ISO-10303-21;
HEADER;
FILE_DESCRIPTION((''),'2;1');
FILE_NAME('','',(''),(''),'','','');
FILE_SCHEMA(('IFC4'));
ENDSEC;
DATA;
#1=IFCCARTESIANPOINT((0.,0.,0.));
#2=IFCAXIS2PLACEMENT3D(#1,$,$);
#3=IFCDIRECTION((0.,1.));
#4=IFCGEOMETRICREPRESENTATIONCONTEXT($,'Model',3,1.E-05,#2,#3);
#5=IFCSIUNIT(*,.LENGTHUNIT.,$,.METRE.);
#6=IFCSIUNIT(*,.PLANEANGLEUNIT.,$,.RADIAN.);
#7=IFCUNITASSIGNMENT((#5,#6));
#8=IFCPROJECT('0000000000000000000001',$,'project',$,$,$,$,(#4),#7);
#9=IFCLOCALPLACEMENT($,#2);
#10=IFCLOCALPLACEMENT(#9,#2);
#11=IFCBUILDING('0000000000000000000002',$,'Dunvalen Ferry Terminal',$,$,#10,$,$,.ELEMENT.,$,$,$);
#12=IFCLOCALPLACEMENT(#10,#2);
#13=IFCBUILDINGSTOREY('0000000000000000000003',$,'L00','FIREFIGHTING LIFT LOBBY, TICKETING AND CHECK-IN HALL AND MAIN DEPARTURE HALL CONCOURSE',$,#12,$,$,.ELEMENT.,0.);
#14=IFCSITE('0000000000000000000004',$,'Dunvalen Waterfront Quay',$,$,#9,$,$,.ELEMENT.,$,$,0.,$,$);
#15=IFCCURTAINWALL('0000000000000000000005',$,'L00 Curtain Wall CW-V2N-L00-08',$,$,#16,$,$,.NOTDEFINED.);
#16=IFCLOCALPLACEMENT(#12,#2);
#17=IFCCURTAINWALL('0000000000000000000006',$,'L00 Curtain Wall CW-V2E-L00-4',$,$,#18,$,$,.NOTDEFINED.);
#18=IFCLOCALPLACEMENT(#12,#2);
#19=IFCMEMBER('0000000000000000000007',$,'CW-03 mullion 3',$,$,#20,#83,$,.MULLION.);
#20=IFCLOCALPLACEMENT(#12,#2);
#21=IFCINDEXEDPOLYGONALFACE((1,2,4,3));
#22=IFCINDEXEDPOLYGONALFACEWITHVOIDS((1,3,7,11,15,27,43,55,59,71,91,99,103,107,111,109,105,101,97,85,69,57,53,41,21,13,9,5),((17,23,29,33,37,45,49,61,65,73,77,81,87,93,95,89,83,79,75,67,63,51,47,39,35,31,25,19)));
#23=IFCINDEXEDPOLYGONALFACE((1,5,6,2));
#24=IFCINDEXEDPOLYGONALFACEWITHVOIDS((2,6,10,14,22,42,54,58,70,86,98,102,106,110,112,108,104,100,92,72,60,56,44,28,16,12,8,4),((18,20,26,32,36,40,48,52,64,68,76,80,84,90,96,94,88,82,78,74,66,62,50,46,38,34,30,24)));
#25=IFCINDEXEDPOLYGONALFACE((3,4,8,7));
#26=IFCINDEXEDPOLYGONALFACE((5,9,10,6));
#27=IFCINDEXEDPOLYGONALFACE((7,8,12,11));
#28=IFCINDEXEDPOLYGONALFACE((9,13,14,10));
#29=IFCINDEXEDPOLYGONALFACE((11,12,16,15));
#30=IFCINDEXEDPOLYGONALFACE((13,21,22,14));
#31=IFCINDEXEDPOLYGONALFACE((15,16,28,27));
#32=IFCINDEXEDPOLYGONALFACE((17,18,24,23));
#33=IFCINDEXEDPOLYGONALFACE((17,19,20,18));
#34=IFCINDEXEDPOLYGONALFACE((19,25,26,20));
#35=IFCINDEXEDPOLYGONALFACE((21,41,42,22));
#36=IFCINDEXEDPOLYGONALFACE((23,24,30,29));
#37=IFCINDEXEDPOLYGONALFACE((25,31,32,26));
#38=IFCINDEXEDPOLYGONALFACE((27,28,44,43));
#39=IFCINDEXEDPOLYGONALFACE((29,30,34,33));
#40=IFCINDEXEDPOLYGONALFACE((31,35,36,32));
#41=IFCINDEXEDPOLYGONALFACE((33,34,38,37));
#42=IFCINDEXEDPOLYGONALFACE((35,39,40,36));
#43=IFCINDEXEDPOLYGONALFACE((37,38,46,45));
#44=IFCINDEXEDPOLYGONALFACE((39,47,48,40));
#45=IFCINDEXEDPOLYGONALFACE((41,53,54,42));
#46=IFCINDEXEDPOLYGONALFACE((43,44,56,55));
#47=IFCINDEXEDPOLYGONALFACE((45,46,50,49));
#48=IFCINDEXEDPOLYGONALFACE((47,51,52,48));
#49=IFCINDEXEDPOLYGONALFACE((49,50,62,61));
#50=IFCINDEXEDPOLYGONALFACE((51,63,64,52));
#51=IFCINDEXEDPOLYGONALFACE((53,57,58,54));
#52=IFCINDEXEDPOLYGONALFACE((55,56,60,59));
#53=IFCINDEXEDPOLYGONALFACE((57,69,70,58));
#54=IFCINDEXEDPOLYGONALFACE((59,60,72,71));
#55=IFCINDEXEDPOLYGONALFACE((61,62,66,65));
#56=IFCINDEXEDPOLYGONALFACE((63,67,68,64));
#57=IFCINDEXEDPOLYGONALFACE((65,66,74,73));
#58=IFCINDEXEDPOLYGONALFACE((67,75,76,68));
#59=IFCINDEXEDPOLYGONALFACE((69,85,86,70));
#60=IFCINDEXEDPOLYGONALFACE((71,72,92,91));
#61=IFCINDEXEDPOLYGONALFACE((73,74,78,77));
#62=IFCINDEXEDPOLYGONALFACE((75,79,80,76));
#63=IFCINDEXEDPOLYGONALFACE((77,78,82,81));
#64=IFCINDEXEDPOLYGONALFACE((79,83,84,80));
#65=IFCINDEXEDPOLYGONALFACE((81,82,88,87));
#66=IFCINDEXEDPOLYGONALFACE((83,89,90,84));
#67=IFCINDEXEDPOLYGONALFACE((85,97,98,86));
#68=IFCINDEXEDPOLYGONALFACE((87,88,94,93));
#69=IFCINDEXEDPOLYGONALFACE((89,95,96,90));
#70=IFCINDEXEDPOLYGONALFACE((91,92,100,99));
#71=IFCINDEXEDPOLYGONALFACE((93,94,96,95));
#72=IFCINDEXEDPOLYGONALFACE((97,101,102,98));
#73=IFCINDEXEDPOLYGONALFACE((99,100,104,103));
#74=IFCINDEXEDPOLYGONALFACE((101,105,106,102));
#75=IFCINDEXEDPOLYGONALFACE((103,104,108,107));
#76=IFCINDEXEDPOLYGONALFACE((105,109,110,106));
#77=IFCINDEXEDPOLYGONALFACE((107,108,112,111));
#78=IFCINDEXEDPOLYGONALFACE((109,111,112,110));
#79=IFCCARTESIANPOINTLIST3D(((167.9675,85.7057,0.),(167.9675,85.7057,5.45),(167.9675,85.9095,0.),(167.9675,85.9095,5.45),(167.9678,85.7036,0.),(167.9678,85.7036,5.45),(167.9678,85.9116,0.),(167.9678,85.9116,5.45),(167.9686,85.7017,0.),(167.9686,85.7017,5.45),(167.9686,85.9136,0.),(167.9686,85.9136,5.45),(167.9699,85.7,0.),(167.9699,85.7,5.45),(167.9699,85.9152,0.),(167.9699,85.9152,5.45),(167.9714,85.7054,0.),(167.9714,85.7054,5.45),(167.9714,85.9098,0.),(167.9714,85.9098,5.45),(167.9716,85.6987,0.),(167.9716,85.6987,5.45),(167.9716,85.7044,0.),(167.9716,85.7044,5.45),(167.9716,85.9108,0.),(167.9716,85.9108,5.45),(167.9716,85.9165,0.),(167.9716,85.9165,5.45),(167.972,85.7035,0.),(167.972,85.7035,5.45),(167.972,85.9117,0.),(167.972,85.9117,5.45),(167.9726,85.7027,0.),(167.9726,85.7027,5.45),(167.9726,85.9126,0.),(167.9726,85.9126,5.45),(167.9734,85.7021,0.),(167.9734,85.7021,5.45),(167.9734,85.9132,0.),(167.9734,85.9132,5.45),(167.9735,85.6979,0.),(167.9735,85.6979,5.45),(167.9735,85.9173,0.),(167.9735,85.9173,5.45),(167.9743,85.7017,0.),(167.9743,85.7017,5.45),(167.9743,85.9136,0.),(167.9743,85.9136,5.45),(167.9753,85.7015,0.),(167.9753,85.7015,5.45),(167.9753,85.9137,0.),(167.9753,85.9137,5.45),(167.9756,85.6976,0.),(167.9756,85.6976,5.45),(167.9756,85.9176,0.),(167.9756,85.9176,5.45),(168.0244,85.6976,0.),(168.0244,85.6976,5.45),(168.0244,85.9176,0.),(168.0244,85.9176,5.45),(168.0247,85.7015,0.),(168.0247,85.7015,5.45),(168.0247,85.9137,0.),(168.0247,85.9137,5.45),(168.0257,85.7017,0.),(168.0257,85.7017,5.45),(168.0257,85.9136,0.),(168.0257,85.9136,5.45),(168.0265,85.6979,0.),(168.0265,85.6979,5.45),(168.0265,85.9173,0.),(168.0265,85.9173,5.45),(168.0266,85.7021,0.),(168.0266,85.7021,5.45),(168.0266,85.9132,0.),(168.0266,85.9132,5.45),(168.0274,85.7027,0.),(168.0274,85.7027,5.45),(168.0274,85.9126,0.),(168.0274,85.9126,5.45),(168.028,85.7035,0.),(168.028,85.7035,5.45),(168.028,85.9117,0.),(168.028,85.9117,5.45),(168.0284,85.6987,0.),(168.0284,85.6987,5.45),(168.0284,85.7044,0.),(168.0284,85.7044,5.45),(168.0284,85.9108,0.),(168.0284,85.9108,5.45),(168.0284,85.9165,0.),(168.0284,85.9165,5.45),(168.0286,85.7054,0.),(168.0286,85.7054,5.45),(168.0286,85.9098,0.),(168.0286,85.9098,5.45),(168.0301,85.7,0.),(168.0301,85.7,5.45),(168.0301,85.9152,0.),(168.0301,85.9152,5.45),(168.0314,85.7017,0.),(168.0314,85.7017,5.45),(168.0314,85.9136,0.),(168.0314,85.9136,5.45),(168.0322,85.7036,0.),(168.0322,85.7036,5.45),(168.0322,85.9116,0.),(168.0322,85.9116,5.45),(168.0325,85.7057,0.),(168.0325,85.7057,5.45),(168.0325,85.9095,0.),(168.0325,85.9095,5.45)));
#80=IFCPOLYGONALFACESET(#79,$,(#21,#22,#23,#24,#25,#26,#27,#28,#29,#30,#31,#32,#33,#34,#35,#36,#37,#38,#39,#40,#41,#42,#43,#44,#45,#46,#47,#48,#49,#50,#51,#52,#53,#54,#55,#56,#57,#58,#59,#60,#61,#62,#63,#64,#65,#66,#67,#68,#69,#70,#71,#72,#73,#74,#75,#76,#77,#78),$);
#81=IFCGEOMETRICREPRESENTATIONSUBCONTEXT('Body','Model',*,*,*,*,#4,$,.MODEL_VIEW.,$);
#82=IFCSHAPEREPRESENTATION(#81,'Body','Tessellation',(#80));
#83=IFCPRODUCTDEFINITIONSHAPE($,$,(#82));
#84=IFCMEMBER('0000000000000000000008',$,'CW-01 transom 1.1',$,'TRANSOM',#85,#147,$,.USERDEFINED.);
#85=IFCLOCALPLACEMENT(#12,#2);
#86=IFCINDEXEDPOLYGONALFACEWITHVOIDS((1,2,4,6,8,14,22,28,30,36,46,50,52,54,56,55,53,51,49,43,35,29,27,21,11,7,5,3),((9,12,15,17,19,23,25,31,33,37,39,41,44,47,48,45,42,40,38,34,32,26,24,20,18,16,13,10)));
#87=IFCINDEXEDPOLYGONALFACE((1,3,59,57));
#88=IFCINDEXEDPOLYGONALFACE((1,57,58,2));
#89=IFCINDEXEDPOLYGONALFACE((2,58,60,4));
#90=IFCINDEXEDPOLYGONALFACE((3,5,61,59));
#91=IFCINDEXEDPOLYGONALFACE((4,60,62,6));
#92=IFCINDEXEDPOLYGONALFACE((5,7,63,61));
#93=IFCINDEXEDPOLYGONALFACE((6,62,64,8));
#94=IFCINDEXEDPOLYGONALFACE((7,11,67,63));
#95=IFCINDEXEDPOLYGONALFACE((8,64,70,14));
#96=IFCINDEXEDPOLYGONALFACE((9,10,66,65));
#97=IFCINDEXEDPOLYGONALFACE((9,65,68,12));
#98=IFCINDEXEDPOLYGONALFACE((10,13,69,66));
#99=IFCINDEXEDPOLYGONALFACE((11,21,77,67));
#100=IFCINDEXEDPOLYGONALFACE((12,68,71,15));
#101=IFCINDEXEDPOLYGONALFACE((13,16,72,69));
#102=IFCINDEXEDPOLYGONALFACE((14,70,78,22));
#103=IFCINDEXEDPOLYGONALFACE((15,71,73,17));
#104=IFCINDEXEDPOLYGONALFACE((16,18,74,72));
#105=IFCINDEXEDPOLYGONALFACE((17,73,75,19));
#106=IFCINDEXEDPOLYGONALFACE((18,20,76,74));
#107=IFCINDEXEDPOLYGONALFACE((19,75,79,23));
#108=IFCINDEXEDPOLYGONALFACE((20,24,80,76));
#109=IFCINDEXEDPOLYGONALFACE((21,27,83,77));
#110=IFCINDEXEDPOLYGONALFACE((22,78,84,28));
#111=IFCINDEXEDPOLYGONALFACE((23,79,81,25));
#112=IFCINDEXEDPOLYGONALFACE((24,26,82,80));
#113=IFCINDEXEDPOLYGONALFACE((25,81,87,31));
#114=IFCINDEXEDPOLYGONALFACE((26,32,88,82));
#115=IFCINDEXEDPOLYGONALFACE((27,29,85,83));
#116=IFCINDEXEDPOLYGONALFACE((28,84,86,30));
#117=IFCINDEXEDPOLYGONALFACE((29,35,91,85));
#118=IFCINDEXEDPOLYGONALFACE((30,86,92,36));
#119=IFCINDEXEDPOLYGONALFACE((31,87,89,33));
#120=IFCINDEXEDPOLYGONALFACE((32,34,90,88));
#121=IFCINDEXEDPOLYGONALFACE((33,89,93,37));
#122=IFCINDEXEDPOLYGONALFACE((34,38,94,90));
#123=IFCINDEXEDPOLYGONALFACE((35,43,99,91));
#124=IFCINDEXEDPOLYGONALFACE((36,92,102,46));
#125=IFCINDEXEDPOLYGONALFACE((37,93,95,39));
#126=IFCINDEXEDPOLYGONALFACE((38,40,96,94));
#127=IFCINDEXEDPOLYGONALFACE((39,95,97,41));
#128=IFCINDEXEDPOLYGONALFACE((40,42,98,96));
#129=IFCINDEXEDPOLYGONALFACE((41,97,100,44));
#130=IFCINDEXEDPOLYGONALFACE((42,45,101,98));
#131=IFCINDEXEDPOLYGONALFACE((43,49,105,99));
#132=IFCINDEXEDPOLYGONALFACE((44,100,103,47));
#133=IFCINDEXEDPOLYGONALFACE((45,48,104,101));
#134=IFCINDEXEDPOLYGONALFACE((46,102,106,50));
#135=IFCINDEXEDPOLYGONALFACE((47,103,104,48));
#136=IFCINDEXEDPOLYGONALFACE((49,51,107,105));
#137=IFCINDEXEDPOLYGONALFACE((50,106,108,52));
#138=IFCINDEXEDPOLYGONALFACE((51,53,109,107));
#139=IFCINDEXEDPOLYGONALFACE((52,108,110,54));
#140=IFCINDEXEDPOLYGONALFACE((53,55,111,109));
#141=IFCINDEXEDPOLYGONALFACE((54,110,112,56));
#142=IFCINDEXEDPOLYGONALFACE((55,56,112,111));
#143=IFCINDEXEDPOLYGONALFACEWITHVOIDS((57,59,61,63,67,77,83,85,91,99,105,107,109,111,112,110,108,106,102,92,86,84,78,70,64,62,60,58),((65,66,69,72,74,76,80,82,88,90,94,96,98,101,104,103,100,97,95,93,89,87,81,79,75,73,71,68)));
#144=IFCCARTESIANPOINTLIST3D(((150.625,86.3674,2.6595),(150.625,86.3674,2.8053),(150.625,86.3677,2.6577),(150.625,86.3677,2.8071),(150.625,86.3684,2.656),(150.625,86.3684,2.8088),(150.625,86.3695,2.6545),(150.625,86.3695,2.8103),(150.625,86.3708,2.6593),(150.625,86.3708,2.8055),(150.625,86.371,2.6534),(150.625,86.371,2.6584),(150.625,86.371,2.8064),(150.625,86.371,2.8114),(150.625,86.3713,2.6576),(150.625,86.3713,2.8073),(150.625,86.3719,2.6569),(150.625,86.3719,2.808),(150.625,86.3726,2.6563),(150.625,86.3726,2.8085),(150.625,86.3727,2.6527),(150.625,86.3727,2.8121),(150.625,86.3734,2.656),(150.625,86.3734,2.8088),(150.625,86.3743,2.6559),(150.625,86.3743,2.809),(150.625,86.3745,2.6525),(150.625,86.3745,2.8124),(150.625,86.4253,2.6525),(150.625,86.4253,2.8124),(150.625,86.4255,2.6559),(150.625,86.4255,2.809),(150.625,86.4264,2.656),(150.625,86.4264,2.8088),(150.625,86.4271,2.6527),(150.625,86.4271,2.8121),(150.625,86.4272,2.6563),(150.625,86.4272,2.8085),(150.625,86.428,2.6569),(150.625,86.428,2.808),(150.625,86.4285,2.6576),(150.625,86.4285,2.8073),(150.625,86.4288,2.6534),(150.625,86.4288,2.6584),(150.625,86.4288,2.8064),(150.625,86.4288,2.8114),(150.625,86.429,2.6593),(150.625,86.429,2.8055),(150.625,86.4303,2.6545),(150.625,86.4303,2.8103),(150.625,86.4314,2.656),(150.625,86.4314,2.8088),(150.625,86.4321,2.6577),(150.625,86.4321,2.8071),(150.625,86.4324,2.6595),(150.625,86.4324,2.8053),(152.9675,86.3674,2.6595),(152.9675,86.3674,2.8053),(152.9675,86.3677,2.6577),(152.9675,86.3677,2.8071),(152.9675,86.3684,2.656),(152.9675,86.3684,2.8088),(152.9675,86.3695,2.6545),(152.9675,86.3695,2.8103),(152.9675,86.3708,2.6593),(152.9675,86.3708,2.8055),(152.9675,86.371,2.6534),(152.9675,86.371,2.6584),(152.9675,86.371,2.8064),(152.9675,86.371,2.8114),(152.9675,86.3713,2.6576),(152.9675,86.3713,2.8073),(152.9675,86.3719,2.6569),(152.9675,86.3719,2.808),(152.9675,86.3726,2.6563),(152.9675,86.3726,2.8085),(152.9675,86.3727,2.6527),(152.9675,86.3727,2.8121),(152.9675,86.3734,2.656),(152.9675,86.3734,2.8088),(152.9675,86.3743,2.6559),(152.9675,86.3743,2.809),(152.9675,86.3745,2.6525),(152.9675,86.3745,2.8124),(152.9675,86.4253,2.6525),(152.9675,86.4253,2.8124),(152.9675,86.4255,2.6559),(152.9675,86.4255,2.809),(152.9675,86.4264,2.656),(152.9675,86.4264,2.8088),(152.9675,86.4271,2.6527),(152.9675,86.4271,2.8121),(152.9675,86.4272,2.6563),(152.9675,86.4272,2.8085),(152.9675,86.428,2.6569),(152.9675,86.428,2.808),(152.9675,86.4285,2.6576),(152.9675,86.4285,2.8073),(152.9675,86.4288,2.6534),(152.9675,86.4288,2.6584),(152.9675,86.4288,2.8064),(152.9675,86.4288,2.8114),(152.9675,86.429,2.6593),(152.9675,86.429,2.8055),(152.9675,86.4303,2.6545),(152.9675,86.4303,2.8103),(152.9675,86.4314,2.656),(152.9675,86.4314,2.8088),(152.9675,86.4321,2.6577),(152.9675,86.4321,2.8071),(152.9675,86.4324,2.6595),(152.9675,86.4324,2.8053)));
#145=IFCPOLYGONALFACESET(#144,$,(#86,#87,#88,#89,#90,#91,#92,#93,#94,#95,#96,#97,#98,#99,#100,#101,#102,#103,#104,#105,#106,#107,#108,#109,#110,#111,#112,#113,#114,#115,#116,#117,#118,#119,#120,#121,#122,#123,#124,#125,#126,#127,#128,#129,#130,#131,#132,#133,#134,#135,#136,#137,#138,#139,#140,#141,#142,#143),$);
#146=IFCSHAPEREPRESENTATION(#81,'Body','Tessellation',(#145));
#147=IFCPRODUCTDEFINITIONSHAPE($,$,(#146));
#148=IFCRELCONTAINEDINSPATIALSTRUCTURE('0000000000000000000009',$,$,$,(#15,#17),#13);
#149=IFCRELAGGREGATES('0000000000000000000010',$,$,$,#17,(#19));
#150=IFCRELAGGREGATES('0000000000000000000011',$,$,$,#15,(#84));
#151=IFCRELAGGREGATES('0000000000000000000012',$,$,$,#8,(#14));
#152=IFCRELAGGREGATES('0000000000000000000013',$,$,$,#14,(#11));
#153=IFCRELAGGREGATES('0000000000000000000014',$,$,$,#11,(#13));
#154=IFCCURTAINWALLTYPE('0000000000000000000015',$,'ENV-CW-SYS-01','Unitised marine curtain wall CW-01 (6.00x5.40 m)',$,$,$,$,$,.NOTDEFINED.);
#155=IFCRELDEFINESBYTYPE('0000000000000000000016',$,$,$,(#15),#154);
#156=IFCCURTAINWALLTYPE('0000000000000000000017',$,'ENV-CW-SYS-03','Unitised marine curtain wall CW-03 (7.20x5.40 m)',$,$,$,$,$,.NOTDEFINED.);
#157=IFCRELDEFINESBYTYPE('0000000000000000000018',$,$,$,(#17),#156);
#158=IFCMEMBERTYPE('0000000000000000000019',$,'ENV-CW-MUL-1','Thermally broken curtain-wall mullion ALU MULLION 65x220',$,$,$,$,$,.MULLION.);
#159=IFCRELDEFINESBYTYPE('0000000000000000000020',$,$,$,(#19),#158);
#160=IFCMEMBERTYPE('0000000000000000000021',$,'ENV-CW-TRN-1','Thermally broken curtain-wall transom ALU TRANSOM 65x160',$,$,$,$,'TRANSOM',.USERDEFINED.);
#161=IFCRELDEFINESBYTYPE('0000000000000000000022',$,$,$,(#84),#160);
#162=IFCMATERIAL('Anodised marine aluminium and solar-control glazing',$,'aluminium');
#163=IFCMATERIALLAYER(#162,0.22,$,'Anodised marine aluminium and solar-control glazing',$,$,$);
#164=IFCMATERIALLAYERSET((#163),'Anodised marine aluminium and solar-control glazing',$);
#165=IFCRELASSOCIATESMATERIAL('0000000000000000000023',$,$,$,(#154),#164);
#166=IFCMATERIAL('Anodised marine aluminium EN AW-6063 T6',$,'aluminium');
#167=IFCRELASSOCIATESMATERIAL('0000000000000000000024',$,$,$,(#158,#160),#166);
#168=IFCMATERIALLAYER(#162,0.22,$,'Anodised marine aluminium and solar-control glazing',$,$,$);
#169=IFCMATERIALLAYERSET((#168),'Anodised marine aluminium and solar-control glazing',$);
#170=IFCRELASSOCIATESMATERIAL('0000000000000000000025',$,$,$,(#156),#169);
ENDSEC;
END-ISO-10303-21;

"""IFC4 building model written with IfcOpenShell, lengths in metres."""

from ifc_helpers import new_model, si_unit, direction, frame, origin, origin_2d, place, context, subcontext, project, spatial, hollow_rectangle, extrude, material, layer, layer_set, material_profile, profile_set, type_object, element, aggregate, save


model = new_model("IFC4")

# Units and contexts
model_context = context("Model", 3, precision=1e-05, world=origin(), true_north=direction((0.0, 1.0)))
body_context = subcontext(model_context, "Body", "Model", "MODEL_VIEW")
ifc_project = project(units=[si_unit("LENGTHUNIT", "METRE"), si_unit("PLANEANGLEUNIT", "RADIAN")], contexts=[model_context])

# Site, building, storey
site_placement = place(None, origin())
site = spatial("IfcSite", under=ifc_project, at=site_placement, Name="Dunvalen Waterfront Quay", CompositionType="ELEMENT", RefElevation=0.0)
building_placement = place(site_placement, origin())
building = spatial("IfcBuilding", under=site, at=building_placement, Name="Dunvalen Ferry Terminal", CompositionType="ELEMENT")
storey_placement = place(building_placement, origin())
storey = spatial("IfcBuildingStorey", under=building, at=storey_placement, Name="L00", Description="FIREFIGHTING LIFT LOBBY, TICKETING AND CHECK-IN HALL AND MAIN DEPARTURE HALL CONCOURSE", CompositionType="ELEMENT", Elevation=0.0)

# Curtain wall
ifc_material_1 = material(Name="Anodised marine aluminium and solar-control glazing", Category="aluminium")
ifc_layer_1 = layer(ifc_material_1, 0.22, Name="Anodised marine aluminium and solar-control glazing")
ifc_layer_set_1 = layer_set([ifc_layer_1], Name="Anodised marine aluminium and solar-control glazing")
curtain_wall_type_1 = type_object("IfcCurtainWallType", Name="ENV-CW-SYS-01", Description="Unitised marine curtain wall CW-01 (6.00x5.40 m)", PredefinedType="NOTDEFINED", material=ifc_layer_set_1)
curtain_wall_1_placement = place(storey_placement, origin())
curtain_wall_1 = element("IfcCurtainWall", 1, at=curtain_wall_1_placement, inside=storey, type_object=curtain_wall_type_1, Name="L00 Curtain Wall CW-V2N-L00-08", PredefinedType="NOTDEFINED")
ifc_material_2 = material(Name="Anodised marine aluminium EN AW-6063 T6", Category="aluminium")
ifc_material_profile_1 = material_profile(ifc_material_2, hollow_rectangle(XDim=0.0649, YDim=0.22, WallThickness=0.0039, InnerFilletRadius=0.0039, OuterFilletRadius=0.0081, at=origin_2d()), Name="Anodised marine aluminium EN AW-6063 T6")
ifc_profile_set_1 = profile_set([ifc_material_profile_1], Name="Anodised marine aluminium EN AW-6063 T6")
member_type_1 = type_object("IfcMemberType", Name="ENV-CW-MUL-1", Description="Thermally broken curtain-wall mullion ALU MULLION 65x220", PredefinedType="MULLION", material=ifc_profile_set_1)

# Curtain wall, member
ifc_layer_2 = layer(ifc_material_1, 0.22, Name="Anodised marine aluminium and solar-control glazing")
ifc_layer_set_2 = layer_set([ifc_layer_2], Name="Anodised marine aluminium and solar-control glazing")
curtain_wall_type_2 = type_object("IfcCurtainWallType", Name="ENV-CW-SYS-03", Description="Unitised marine curtain wall CW-03 (7.20x5.40 m)", PredefinedType="NOTDEFINED", material=ifc_layer_set_2)
curtain_wall_2_placement = place(storey_placement, origin())
curtain_wall_2 = element("IfcCurtainWall", 2, at=curtain_wall_2_placement, inside=storey, type_object=curtain_wall_type_2, Name="L00 Curtain Wall CW-V2E-L00-4", PredefinedType="NOTDEFINED")
member_1_placement = place(storey_placement, frame((168.0, 85.8076, 0.0), z_axis=(0.0, 0.0, 1.0), x_axis=(-1.0, 0.0, 0.0)))
member_1 = element("IfcMember", 3, at=member_1_placement, type_object=member_type_1, Name="CW-03 mullion 3", PredefinedType="MULLION", context=body_context, shape_type="SweptSolid", body=[
    extrude(hollow_rectangle(XDim=0.0649, YDim=0.22, WallThickness=0.0039, InnerFilletRadius=0.0039, OuterFilletRadius=0.0081, at=origin_2d()), origin(), (0.0, 0.0, 1.0), 5.45),
])

# Member
ifc_material_profile_2 = material_profile(ifc_material_2, hollow_rectangle(XDim=0.0649, YDim=0.1599, WallThickness=0.0034, InnerFilletRadius=0.0034, OuterFilletRadius=0.0071, at=origin_2d()), Name="Anodised marine aluminium EN AW-6063 T6")
ifc_profile_set_2 = profile_set([ifc_material_profile_2], Name="Anodised marine aluminium EN AW-6063 T6")
member_type_2 = type_object("IfcMemberType", Name="ENV-CW-TRN-1", Description="Thermally broken curtain-wall transom ALU TRANSOM 65x160", ElementType="TRANSOM", PredefinedType="USERDEFINED", material=ifc_profile_set_2)
member_2_placement = place(storey_placement, frame((150.625, 86.3999, 2.7324), z_axis=(1.0, 0.0, 0.0), x_axis=(0.0, 1.0, 0.0)))
member_2 = element("IfcMember", 4, at=member_2_placement, type_object=member_type_2, Name="CW-01 transom 1.1", ObjectType="TRANSOM", PredefinedType="USERDEFINED", context=body_context, shape_type="SweptSolid", body=[
    extrude(hollow_rectangle(XDim=0.0649, YDim=0.1599, WallThickness=0.0034, InnerFilletRadius=0.0034, OuterFilletRadius=0.0071, at=origin_2d()), origin(), (0.0, 0.0, 1.0), 2.3425),
])

aggregate(curtain_wall_2, [member_1])
aggregate(curtain_wall_1, [member_2])

save(model, "model.ifc")
